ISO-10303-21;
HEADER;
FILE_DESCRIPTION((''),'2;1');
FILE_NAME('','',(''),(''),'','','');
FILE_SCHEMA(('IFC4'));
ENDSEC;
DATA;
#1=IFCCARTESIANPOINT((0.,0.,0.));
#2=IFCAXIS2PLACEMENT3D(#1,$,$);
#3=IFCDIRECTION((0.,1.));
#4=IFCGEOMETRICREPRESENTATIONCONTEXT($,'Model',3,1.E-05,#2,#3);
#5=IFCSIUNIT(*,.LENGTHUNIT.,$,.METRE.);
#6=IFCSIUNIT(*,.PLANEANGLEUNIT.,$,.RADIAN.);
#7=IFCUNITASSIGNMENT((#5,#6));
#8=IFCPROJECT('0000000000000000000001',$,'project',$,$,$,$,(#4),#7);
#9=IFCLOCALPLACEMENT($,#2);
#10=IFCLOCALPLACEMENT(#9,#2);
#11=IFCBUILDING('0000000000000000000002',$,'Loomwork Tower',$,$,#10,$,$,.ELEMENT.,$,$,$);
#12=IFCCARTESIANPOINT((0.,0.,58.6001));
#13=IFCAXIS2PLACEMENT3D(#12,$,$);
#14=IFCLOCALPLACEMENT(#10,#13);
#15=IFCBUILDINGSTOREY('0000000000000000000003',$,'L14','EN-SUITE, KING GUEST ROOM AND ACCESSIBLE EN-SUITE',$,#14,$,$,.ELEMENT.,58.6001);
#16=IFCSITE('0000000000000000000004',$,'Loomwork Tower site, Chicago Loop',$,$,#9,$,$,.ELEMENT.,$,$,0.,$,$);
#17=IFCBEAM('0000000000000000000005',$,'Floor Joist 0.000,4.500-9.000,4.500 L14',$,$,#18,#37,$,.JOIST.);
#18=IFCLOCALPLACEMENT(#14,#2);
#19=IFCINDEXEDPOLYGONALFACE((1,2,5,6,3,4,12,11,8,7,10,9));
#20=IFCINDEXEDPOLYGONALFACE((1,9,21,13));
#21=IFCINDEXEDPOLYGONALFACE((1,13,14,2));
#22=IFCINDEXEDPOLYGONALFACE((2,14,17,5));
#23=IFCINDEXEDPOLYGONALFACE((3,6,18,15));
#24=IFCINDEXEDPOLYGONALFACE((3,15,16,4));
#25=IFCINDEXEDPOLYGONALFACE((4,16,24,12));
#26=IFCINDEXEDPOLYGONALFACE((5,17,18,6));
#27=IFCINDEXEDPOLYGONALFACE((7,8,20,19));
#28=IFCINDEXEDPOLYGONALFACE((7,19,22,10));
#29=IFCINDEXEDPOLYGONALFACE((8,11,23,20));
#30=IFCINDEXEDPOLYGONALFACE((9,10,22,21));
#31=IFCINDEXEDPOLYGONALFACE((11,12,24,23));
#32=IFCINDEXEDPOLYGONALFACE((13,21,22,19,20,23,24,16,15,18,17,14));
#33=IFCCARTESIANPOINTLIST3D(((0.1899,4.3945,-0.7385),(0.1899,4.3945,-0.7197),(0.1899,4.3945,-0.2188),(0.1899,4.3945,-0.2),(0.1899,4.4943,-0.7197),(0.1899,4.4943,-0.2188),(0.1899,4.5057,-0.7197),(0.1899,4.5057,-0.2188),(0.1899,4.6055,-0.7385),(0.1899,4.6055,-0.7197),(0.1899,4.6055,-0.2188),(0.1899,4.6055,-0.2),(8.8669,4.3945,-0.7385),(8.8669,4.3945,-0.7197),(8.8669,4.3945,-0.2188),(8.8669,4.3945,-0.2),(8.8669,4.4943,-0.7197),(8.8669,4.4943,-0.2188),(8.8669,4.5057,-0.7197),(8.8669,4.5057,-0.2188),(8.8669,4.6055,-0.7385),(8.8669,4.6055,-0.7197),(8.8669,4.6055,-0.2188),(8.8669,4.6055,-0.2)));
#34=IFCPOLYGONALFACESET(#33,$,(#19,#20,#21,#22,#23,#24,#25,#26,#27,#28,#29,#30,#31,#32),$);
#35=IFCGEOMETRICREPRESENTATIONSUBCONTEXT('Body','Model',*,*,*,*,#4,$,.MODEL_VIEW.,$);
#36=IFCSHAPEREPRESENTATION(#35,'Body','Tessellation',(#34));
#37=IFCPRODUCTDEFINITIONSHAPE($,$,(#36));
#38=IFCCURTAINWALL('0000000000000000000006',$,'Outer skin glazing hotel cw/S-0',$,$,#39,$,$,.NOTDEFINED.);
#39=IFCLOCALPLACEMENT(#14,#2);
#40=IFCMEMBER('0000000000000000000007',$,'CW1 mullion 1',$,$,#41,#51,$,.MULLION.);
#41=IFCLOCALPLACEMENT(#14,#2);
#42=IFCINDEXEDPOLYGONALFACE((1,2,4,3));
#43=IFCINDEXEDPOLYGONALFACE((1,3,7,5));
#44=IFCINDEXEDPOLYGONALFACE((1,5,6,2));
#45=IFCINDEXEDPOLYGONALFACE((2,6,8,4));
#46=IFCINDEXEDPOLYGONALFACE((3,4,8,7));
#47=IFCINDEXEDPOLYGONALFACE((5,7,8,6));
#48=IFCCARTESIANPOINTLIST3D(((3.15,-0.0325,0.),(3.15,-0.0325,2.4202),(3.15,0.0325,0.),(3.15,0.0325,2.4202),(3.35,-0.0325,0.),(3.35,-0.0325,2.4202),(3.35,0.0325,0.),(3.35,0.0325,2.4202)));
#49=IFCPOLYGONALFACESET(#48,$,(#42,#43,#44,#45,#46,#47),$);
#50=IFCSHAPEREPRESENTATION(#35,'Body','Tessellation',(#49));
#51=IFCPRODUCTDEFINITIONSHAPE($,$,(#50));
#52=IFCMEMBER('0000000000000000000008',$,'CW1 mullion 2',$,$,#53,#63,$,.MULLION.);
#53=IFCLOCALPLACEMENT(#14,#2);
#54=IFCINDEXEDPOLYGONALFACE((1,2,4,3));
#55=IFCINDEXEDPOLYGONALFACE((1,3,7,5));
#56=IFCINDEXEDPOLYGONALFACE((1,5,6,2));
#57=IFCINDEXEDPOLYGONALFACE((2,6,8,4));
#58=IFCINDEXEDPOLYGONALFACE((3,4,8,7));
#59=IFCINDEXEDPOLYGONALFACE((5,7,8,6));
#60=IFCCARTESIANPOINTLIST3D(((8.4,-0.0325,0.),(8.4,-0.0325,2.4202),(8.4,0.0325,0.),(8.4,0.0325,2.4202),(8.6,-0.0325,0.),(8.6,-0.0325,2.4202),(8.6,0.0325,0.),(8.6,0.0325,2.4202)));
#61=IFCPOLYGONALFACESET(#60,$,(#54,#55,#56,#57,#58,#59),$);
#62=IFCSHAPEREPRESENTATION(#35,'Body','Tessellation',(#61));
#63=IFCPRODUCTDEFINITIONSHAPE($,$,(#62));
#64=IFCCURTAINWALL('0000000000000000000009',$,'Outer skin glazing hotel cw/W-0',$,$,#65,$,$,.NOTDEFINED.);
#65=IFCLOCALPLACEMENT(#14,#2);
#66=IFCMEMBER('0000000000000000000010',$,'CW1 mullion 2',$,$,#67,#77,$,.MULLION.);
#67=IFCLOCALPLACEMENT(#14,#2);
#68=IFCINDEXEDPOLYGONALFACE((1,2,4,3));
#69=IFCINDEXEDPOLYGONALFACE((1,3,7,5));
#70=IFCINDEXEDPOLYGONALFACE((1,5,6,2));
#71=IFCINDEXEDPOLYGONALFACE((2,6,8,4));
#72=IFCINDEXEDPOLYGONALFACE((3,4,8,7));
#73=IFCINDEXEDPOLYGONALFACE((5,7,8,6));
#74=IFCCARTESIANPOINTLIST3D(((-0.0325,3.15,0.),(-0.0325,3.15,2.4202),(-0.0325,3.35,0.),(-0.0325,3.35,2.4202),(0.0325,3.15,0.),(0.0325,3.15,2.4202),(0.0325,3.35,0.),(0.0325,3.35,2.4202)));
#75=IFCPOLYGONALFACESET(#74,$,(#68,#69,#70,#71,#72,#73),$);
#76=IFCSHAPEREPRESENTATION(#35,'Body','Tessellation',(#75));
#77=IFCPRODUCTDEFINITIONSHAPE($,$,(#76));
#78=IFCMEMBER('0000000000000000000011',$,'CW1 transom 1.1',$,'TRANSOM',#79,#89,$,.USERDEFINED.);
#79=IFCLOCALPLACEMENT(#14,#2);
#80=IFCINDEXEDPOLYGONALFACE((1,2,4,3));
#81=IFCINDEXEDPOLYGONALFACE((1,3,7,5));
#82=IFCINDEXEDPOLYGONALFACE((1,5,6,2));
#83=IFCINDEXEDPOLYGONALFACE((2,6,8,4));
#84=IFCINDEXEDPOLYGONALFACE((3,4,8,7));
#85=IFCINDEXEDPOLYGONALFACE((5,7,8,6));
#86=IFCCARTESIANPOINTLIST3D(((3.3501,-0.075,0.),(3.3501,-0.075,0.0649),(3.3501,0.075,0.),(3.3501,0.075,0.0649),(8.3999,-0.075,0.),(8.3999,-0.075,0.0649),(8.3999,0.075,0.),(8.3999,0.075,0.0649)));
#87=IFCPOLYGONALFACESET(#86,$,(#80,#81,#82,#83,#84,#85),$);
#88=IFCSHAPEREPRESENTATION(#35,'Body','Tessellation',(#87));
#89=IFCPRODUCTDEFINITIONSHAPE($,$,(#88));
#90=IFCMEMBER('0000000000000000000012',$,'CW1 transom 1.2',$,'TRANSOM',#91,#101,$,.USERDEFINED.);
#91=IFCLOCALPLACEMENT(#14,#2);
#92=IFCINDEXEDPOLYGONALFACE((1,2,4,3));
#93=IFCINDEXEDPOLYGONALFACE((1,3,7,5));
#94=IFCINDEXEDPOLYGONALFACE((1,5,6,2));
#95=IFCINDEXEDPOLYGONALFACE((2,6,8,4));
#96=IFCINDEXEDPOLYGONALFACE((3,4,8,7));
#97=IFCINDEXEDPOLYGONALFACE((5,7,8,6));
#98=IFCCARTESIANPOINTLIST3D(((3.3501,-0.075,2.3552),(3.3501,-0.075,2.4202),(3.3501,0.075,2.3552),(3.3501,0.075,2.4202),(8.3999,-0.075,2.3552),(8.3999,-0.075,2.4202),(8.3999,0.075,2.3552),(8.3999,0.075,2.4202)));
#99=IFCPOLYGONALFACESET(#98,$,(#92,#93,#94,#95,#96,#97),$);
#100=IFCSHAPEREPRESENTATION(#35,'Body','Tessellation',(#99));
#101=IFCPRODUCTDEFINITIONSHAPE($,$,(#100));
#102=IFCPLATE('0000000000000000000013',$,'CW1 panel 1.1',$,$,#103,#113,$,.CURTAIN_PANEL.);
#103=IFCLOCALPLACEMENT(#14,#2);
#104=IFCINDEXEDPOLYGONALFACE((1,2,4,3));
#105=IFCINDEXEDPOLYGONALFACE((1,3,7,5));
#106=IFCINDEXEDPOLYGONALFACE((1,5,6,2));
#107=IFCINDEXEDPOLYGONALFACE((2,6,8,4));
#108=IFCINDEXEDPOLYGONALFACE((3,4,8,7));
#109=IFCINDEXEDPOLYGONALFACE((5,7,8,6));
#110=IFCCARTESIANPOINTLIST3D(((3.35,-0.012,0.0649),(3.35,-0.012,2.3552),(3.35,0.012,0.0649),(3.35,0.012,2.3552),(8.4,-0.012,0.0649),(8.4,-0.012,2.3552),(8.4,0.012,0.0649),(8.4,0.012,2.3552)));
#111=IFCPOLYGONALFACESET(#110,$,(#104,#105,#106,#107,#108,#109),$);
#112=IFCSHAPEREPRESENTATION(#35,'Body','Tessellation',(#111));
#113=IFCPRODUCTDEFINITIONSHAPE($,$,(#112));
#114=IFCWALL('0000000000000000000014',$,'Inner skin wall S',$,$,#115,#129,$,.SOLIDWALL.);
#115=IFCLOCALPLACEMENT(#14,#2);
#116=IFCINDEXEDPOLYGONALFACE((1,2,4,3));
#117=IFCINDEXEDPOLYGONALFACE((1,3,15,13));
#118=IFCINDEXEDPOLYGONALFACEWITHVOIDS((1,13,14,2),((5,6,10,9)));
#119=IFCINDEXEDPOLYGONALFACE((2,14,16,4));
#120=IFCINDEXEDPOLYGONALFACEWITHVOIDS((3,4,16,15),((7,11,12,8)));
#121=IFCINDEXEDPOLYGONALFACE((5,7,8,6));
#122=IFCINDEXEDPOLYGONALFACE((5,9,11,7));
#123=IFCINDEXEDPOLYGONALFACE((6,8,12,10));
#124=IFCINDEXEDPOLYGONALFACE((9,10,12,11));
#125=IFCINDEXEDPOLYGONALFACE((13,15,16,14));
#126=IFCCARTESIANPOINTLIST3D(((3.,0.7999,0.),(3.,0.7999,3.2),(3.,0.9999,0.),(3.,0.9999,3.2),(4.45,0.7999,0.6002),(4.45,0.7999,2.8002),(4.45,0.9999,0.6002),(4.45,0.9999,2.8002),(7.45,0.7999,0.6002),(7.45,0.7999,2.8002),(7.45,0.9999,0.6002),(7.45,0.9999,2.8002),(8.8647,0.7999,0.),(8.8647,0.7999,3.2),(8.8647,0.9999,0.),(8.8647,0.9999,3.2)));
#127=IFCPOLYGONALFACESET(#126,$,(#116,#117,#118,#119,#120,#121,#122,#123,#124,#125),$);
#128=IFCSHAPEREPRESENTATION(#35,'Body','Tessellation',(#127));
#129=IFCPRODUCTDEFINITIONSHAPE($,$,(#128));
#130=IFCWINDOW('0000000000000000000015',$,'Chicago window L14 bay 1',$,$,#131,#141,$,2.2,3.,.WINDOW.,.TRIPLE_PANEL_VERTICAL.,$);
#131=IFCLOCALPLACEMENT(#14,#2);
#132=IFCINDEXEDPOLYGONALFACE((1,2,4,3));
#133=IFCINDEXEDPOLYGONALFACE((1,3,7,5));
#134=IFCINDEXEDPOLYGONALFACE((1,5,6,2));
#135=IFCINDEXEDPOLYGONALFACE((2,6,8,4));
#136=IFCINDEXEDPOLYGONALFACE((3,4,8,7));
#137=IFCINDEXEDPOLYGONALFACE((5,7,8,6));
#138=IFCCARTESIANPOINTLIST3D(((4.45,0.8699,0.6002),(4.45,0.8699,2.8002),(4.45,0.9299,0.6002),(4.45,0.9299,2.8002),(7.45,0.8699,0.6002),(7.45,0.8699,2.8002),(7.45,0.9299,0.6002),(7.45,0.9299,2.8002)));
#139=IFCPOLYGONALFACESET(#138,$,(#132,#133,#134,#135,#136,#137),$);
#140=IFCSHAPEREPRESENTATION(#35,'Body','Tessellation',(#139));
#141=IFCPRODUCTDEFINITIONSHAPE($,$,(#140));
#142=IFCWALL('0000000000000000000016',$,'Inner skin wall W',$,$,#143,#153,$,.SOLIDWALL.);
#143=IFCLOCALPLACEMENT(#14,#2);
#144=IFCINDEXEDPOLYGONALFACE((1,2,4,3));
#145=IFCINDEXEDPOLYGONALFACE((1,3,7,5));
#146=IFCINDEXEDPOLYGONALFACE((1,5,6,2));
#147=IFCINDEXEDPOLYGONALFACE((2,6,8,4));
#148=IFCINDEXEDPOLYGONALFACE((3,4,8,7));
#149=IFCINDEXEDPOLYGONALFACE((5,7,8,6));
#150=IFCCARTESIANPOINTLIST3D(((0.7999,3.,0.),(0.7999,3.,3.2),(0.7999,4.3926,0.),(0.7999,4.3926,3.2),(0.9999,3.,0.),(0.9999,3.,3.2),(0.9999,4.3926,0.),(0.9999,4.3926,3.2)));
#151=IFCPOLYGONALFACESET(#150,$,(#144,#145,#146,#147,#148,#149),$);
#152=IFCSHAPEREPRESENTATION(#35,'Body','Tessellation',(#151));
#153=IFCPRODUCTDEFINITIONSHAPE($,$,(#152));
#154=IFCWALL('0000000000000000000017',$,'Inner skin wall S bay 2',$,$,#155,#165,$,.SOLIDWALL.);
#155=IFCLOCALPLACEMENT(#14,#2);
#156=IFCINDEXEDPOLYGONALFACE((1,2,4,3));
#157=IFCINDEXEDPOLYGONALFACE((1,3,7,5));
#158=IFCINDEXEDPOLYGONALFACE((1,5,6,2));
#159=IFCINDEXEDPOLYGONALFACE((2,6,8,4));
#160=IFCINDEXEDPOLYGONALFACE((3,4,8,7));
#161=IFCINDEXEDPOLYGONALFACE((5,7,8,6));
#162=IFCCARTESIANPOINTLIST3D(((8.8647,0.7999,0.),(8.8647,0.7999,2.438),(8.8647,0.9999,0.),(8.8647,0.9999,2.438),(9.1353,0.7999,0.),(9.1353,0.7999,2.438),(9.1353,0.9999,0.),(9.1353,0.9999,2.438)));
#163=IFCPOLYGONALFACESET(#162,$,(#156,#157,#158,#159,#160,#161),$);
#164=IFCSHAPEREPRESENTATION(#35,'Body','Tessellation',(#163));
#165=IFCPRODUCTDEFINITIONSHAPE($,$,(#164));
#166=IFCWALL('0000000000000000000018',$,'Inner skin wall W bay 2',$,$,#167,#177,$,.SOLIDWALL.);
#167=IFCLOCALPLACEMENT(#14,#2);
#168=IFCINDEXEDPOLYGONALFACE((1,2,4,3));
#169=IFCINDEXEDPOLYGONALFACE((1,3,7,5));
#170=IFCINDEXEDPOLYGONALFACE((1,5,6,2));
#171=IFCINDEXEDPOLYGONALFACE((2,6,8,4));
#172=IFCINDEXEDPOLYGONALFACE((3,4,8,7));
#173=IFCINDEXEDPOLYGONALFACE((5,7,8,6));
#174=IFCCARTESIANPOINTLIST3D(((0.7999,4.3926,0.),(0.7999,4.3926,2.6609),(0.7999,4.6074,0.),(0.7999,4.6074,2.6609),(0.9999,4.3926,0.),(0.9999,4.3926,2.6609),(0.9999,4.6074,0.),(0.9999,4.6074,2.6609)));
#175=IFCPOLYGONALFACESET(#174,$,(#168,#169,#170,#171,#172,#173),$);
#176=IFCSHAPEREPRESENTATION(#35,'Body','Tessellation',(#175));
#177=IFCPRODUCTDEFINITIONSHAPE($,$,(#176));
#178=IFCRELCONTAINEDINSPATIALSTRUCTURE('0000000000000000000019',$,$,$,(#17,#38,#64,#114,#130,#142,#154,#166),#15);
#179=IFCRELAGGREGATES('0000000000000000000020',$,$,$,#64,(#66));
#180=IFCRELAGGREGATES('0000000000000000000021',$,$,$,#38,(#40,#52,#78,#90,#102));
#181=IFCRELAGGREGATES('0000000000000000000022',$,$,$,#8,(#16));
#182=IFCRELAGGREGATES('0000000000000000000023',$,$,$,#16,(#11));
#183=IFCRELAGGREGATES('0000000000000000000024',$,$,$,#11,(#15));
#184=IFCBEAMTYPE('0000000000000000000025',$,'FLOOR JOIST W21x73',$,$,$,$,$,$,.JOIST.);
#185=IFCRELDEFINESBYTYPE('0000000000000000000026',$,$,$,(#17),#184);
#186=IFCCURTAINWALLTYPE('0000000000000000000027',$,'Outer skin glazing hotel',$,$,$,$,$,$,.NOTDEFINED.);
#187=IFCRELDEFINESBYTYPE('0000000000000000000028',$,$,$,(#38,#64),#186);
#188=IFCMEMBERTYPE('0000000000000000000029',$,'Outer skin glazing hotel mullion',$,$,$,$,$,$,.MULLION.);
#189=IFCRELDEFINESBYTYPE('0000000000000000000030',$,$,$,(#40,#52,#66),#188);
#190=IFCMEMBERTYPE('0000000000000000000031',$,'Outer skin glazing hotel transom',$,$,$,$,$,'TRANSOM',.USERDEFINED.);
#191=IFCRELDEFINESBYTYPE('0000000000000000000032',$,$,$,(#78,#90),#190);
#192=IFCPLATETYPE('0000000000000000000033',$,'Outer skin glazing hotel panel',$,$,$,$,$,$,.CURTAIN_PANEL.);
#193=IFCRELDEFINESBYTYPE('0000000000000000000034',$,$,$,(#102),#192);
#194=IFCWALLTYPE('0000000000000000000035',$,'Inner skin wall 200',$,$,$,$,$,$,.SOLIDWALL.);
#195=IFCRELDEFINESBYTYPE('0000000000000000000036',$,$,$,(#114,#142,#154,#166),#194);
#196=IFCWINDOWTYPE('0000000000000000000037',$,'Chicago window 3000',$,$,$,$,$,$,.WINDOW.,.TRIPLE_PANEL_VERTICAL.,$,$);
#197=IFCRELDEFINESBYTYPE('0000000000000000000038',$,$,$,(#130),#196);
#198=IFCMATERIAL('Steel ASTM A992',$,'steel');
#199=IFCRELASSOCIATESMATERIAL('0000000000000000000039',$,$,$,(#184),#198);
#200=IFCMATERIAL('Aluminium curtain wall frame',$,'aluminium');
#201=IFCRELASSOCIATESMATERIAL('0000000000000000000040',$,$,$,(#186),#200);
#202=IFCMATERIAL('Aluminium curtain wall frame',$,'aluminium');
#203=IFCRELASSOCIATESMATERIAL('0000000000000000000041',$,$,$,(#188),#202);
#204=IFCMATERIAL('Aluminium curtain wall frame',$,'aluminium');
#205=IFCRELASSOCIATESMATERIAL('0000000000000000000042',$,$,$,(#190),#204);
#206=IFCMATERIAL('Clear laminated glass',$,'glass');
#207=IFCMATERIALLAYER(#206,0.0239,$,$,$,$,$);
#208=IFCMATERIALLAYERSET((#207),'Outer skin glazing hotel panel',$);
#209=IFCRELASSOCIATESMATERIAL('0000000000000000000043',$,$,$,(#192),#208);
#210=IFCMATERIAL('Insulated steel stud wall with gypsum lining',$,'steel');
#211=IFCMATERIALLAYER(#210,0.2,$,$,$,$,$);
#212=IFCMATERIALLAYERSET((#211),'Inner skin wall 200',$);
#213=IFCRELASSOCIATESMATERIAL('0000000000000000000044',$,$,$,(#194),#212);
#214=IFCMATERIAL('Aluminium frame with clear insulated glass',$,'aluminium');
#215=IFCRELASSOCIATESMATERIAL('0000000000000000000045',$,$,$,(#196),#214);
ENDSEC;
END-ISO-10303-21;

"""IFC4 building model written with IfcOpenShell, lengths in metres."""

from ifc_helpers import new_model, si_unit, direction, frame, frame_2d, origin, origin_2d, place, context, subcontext, project, spatial, rectangle, i_section, extrude, material, layer, layer_set, material_profile, profile_set, type_object, element, fill, aggregate, save


model = new_model("IFC4")

# Units and contexts
model_context = context("Model", 3, precision=1e-05, world=origin(), true_north=direction((0.0, 1.0)))
body_context = subcontext(model_context, "Body", "Model", "MODEL_VIEW")
ifc_project = project(units=[si_unit("LENGTHUNIT", "METRE"), si_unit("PLANEANGLEUNIT", "RADIAN")], contexts=[model_context])

# Site, building, storey
site_placement = place(None, origin())
site = spatial("IfcSite", under=ifc_project, at=site_placement, Name="Loomwork Tower site, Chicago Loop", CompositionType="ELEMENT", RefElevation=0.0)
building_placement = place(site_placement, origin())
building = spatial("IfcBuilding", under=site, at=building_placement, Name="Loomwork Tower", CompositionType="ELEMENT")
storey_placement = place(building_placement, frame((0.0, 0.0, 58.6001)))
storey = spatial("IfcBuildingStorey", under=building, at=storey_placement, Name="L14", Description="EN-SUITE, KING GUEST ROOM AND ACCESSIBLE EN-SUITE", CompositionType="ELEMENT", Elevation=58.6001)

# Beam
ifc_material_1 = material(Name="Steel ASTM A992", Category="steel")
ifc_material_profile_1 = material_profile(ifc_material_1, i_section(OverallWidth=0.2109, OverallDepth=0.5386, WebThickness=0.0115, FlangeThickness=0.0188, at=origin_2d()), Name="W21x73")
ifc_profile_set_1 = profile_set([ifc_material_profile_1], Name="Steel ASTM A992")
beam_type = type_object("IfcBeamType", Name="FLOOR JOIST W21x73", PredefinedType="JOIST", material=ifc_profile_set_1)
beam_placement = place(storey_placement, frame((0.1899, 4.5, -0.4692), z_axis=(1.0, 0.0, 0.0), x_axis=(0.0, 1.0, 0.0)))
element("IfcBeam", 1, at=beam_placement, inside=storey, type_object=beam_type, Name="Floor Joist 0.000,4.500-9.000,4.500 L14", PredefinedType="JOIST", context=body_context, shape_type="SweptSolid", body=[
    extrude(i_section(OverallWidth=0.2109, OverallDepth=0.5386, WebThickness=0.0115, FlangeThickness=0.0188, at=origin_2d()), origin(), (0.0, 0.0, 1.0), 8.677),
])

# Curtain wall, members
ifc_material_2 = material(Name="Aluminium curtain wall frame", Category="aluminium")
curtain_wall_type = type_object("IfcCurtainWallType", Name="Outer skin glazing hotel", PredefinedType="NOTDEFINED", material=ifc_material_2)
curtain_wall_1_placement = place(storey_placement, origin())
curtain_wall_1 = element("IfcCurtainWall", 2, at=curtain_wall_1_placement, inside=storey, type_object=curtain_wall_type, Name="Outer skin glazing hotel cw/S-0", PredefinedType="NOTDEFINED")
ifc_material_3 = material(Name="Aluminium curtain wall frame", Category="aluminium")
ifc_material_profile_2 = material_profile(ifc_material_3, rectangle(XDim=0.0649, YDim=0.2, at=origin_2d()), Name="AL 65x200")
ifc_profile_set_2 = profile_set([ifc_material_profile_2], Name="Aluminium curtain wall frame")
member_type_1 = type_object("IfcMemberType", Name="Outer skin glazing hotel mullion", PredefinedType="MULLION", material=ifc_profile_set_2)
member_1_placement = place(storey_placement, frame((3.25, 0.0, 0.0), z_axis=(0.0, 0.0, 1.0), x_axis=(0.0, 1.0, 0.0)))
member_1 = element("IfcMember", 3, at=member_1_placement, type_object=member_type_1, Name="CW1 mullion 1", PredefinedType="MULLION", context=body_context, shape_type="SweptSolid", body=[
    extrude(rectangle(XDim=0.0649, YDim=0.2, at=origin_2d()), origin(), (0.0, 0.0, 1.0), 2.4202),
])
member_2_placement = place(storey_placement, frame((8.5, 0.0, 0.0), z_axis=(0.0, 0.0, 1.0), x_axis=(0.0, 1.0, 0.0)))
member_2 = element("IfcMember", 4, at=member_2_placement, type_object=member_type_1, Name="CW1 mullion 2", PredefinedType="MULLION", context=body_context, shape_type="SweptSolid", body=[
    extrude(rectangle(XDim=0.0649, YDim=0.2, at=origin_2d()), origin(), (0.0, 0.0, 1.0), 2.4202),
])

# Curtain wall, member
curtain_wall_2_placement = place(storey_placement, origin())
curtain_wall_2 = element("IfcCurtainWall", 5, at=curtain_wall_2_placement, inside=storey, type_object=curtain_wall_type, Name="Outer skin glazing hotel cw/W-0", PredefinedType="NOTDEFINED")
member_3_placement = place(storey_placement, frame((0.0, 3.25, 0.0), z_axis=(0.0, 0.0, 1.0), x_axis=(1.0, 0.0, 0.0)))
member_3 = element("IfcMember", 6, at=member_3_placement, type_object=member_type_1, Name="CW1 mullion 2", PredefinedType="MULLION", context=body_context, shape_type="SweptSolid", body=[
    extrude(rectangle(XDim=0.0649, YDim=0.2, at=origin_2d()), origin(), (0.0, 0.0, 1.0), 2.4202),
])
aggregate(curtain_wall_2, [member_3])

# Members
ifc_material_4 = material(Name="Aluminium curtain wall frame", Category="aluminium")
ifc_material_profile_3 = material_profile(ifc_material_4, rectangle(XDim=0.1499, YDim=0.0649, at=origin_2d()), Name="AL 65x150")
ifc_profile_set_3 = profile_set([ifc_material_profile_3], Name="Aluminium curtain wall frame")
member_type_2 = type_object("IfcMemberType", Name="Outer skin glazing hotel transom", ElementType="TRANSOM", PredefinedType="USERDEFINED", material=ifc_profile_set_3)
member_4_placement = place(storey_placement, frame((3.3501, 0.0, 0.0325), z_axis=(1.0, 0.0, 0.0), x_axis=(0.0, 1.0, 0.0)))
member_4 = element("IfcMember", 7, at=member_4_placement, type_object=member_type_2, Name="CW1 transom 1.1", ObjectType="TRANSOM", PredefinedType="USERDEFINED", context=body_context, shape_type="SweptSolid", body=[
    extrude(rectangle(XDim=0.1499, YDim=0.0649, at=origin_2d()), origin(), (0.0, 0.0, 1.0), 5.0498),
])
member_5_placement = place(storey_placement, frame((3.3501, 0.0, 2.3877), z_axis=(1.0, 0.0, 0.0), x_axis=(0.0, 1.0, 0.0)))
member_5 = element("IfcMember", 8, at=member_5_placement, type_object=member_type_2, Name="CW1 transom 1.2", ObjectType="TRANSOM", PredefinedType="USERDEFINED", context=body_context, shape_type="SweptSolid", body=[
    extrude(rectangle(XDim=0.1499, YDim=0.0649, at=origin_2d()), origin(), (0.0, 0.0, 1.0), 5.0498),
])

# Plate
ifc_material_5 = material(Name="Clear laminated glass", Category="glass")
ifc_layer_1 = layer(ifc_material_5, 0.0239)
ifc_layer_set_1 = layer_set([ifc_layer_1], Name="Outer skin glazing hotel panel")
plate_type = type_object("IfcPlateType", Name="Outer skin glazing hotel panel", PredefinedType="CURTAIN_PANEL", material=ifc_layer_set_1)
plate_placement = place(storey_placement, frame((5.875, 0.0, 0.0649), z_axis=(0.0, 0.0, 1.0), x_axis=(1.0, 0.0, 0.0)))
plate = element("IfcPlate", 9, at=plate_placement, type_object=plate_type, Name="CW1 panel 1.1", PredefinedType="CURTAIN_PANEL", context=body_context, shape_type="SweptSolid", body=[
    extrude(rectangle(XDim=5.05, YDim=0.0239, at=origin_2d()), origin(), (0.0, 0.0, 1.0), 2.2903),
])
aggregate(curtain_wall_1, [member_1, member_2, member_4, member_5, plate])

# Wall, opening, window
ifc_material_6 = material(Name="Insulated steel stud wall with gypsum lining", Category="steel")
ifc_layer_2 = layer(ifc_material_6, 0.2)
ifc_layer_set_2 = layer_set([ifc_layer_2], Name="Inner skin wall 200")
wall_type_1 = type_object("IfcWallType", Name="Inner skin wall 200", PredefinedType="SOLIDWALL", material=ifc_layer_set_2)
wall_1_placement = place(storey_placement, frame((3.0, 0.8999, 0.0), z_axis=(0.0, 0.0, 1.0), x_axis=(1.0, 0.0, 0.0)))
wall_1 = element("IfcWall", 10, at=wall_1_placement, inside=storey, type_object=wall_type_1, Name="Inner skin wall S", PredefinedType="SOLIDWALL", context=body_context, shape_type="SweptSolid", body=[
    extrude(rectangle(XDim=5.8647, YDim=0.2, at=frame_2d((2.9324, 0.0))), origin(), (0.0, 0.0, 1.0), 3.2),
])
opening_1_placement = place(wall_1_placement, frame((1.45, 0.0, 0.6001)))
opening_1 = element("IfcOpeningElement", 11, at=opening_1_placement, cuts=wall_1, PredefinedType="OPENING", context=body_context, shape_type="SweptSolid", body=[
    extrude(rectangle(XDim=3.0, YDim=2.2, at=frame_2d((1.5, 1.1001))), frame((0.0, 0.1099, 0.0), z_axis=(0.0, -1.0, 0.0), x_axis=(1.0, 0.0, 0.0)), (0.0, 0.0, 1.0), 0.22),
])
ifc_material_7 = material(Name="Aluminium frame with clear insulated glass", Category="aluminium")
window_type_1 = type_object("IfcWindowType", Name="Chicago window 3000", PartitioningType="TRIPLE_PANEL_VERTICAL", PredefinedType="WINDOW", material=ifc_material_7)
window_1_placement = place(opening_1_placement, origin())
window_1 = element("IfcWindow", 12, at=window_1_placement, inside=storey, type_object=window_type_1, Name="Chicago window L14 bay 1", OverallHeight=2.2, OverallWidth=3.0, PartitioningType="TRIPLE_PANEL_VERTICAL", PredefinedType="WINDOW", context=body_context, shape_type="SweptSolid", body=[
    extrude(rectangle(XDim=3.0, YDim=2.2, at=frame_2d((1.5, 1.1001))), frame((0.0, 0.03, 0.0), z_axis=(0.0, -1.0, 0.0), x_axis=(1.0, 0.0, 0.0)), (0.0, 0.0, 1.0), 0.0601),
])
fill(opening_1, window_1)

# Walls
wall_2_placement = place(storey_placement, frame((0.8999, 3.0, 0.0), z_axis=(0.0, 0.0, 1.0), x_axis=(0.0, 1.0, 0.0)))
element("IfcWall", 13, at=wall_2_placement, inside=storey, type_object=wall_type_1, Name="Inner skin wall W", PredefinedType="SOLIDWALL", context=body_context, shape_type="SweptSolid", body=[
    extrude(rectangle(XDim=1.3926, YDim=0.2, at=frame_2d((0.6963, 0.0))), origin(), (0.0, 0.0, 1.0), 3.2),
])
wall_3_placement = place(storey_placement, frame((8.8647, 0.8999, 0.0), z_axis=(0.0, 0.0, 1.0), x_axis=(1.0, 0.0, 0.0)))
element("IfcWall", 14, at=wall_3_placement, inside=storey, type_object=wall_type_1, Name="Inner skin wall S bay 2", PredefinedType="SOLIDWALL", context=body_context, shape_type="SweptSolid", body=[
    extrude(rectangle(XDim=0.2705, YDim=0.2, at=frame_2d((0.1353, 0.0))), origin(), (0.0, 0.0, 1.0), 2.438),
])
wall_4_placement = place(storey_placement, frame((0.8999, 4.3926, 0.0), z_axis=(0.0, 0.0, 1.0), x_axis=(0.0, 1.0, 0.0)))
element("IfcWall", 15, at=wall_4_placement, inside=storey, type_object=wall_type_1, Name="Inner skin wall W bay 2", PredefinedType="SOLIDWALL", context=body_context, shape_type="SweptSolid", body=[
    extrude(rectangle(XDim=0.2148, YDim=0.2, at=frame_2d((0.1074, 0.0))), origin(), (0.0, 0.0, 1.0), 2.6609),
])

save(model, "model.ifc")
